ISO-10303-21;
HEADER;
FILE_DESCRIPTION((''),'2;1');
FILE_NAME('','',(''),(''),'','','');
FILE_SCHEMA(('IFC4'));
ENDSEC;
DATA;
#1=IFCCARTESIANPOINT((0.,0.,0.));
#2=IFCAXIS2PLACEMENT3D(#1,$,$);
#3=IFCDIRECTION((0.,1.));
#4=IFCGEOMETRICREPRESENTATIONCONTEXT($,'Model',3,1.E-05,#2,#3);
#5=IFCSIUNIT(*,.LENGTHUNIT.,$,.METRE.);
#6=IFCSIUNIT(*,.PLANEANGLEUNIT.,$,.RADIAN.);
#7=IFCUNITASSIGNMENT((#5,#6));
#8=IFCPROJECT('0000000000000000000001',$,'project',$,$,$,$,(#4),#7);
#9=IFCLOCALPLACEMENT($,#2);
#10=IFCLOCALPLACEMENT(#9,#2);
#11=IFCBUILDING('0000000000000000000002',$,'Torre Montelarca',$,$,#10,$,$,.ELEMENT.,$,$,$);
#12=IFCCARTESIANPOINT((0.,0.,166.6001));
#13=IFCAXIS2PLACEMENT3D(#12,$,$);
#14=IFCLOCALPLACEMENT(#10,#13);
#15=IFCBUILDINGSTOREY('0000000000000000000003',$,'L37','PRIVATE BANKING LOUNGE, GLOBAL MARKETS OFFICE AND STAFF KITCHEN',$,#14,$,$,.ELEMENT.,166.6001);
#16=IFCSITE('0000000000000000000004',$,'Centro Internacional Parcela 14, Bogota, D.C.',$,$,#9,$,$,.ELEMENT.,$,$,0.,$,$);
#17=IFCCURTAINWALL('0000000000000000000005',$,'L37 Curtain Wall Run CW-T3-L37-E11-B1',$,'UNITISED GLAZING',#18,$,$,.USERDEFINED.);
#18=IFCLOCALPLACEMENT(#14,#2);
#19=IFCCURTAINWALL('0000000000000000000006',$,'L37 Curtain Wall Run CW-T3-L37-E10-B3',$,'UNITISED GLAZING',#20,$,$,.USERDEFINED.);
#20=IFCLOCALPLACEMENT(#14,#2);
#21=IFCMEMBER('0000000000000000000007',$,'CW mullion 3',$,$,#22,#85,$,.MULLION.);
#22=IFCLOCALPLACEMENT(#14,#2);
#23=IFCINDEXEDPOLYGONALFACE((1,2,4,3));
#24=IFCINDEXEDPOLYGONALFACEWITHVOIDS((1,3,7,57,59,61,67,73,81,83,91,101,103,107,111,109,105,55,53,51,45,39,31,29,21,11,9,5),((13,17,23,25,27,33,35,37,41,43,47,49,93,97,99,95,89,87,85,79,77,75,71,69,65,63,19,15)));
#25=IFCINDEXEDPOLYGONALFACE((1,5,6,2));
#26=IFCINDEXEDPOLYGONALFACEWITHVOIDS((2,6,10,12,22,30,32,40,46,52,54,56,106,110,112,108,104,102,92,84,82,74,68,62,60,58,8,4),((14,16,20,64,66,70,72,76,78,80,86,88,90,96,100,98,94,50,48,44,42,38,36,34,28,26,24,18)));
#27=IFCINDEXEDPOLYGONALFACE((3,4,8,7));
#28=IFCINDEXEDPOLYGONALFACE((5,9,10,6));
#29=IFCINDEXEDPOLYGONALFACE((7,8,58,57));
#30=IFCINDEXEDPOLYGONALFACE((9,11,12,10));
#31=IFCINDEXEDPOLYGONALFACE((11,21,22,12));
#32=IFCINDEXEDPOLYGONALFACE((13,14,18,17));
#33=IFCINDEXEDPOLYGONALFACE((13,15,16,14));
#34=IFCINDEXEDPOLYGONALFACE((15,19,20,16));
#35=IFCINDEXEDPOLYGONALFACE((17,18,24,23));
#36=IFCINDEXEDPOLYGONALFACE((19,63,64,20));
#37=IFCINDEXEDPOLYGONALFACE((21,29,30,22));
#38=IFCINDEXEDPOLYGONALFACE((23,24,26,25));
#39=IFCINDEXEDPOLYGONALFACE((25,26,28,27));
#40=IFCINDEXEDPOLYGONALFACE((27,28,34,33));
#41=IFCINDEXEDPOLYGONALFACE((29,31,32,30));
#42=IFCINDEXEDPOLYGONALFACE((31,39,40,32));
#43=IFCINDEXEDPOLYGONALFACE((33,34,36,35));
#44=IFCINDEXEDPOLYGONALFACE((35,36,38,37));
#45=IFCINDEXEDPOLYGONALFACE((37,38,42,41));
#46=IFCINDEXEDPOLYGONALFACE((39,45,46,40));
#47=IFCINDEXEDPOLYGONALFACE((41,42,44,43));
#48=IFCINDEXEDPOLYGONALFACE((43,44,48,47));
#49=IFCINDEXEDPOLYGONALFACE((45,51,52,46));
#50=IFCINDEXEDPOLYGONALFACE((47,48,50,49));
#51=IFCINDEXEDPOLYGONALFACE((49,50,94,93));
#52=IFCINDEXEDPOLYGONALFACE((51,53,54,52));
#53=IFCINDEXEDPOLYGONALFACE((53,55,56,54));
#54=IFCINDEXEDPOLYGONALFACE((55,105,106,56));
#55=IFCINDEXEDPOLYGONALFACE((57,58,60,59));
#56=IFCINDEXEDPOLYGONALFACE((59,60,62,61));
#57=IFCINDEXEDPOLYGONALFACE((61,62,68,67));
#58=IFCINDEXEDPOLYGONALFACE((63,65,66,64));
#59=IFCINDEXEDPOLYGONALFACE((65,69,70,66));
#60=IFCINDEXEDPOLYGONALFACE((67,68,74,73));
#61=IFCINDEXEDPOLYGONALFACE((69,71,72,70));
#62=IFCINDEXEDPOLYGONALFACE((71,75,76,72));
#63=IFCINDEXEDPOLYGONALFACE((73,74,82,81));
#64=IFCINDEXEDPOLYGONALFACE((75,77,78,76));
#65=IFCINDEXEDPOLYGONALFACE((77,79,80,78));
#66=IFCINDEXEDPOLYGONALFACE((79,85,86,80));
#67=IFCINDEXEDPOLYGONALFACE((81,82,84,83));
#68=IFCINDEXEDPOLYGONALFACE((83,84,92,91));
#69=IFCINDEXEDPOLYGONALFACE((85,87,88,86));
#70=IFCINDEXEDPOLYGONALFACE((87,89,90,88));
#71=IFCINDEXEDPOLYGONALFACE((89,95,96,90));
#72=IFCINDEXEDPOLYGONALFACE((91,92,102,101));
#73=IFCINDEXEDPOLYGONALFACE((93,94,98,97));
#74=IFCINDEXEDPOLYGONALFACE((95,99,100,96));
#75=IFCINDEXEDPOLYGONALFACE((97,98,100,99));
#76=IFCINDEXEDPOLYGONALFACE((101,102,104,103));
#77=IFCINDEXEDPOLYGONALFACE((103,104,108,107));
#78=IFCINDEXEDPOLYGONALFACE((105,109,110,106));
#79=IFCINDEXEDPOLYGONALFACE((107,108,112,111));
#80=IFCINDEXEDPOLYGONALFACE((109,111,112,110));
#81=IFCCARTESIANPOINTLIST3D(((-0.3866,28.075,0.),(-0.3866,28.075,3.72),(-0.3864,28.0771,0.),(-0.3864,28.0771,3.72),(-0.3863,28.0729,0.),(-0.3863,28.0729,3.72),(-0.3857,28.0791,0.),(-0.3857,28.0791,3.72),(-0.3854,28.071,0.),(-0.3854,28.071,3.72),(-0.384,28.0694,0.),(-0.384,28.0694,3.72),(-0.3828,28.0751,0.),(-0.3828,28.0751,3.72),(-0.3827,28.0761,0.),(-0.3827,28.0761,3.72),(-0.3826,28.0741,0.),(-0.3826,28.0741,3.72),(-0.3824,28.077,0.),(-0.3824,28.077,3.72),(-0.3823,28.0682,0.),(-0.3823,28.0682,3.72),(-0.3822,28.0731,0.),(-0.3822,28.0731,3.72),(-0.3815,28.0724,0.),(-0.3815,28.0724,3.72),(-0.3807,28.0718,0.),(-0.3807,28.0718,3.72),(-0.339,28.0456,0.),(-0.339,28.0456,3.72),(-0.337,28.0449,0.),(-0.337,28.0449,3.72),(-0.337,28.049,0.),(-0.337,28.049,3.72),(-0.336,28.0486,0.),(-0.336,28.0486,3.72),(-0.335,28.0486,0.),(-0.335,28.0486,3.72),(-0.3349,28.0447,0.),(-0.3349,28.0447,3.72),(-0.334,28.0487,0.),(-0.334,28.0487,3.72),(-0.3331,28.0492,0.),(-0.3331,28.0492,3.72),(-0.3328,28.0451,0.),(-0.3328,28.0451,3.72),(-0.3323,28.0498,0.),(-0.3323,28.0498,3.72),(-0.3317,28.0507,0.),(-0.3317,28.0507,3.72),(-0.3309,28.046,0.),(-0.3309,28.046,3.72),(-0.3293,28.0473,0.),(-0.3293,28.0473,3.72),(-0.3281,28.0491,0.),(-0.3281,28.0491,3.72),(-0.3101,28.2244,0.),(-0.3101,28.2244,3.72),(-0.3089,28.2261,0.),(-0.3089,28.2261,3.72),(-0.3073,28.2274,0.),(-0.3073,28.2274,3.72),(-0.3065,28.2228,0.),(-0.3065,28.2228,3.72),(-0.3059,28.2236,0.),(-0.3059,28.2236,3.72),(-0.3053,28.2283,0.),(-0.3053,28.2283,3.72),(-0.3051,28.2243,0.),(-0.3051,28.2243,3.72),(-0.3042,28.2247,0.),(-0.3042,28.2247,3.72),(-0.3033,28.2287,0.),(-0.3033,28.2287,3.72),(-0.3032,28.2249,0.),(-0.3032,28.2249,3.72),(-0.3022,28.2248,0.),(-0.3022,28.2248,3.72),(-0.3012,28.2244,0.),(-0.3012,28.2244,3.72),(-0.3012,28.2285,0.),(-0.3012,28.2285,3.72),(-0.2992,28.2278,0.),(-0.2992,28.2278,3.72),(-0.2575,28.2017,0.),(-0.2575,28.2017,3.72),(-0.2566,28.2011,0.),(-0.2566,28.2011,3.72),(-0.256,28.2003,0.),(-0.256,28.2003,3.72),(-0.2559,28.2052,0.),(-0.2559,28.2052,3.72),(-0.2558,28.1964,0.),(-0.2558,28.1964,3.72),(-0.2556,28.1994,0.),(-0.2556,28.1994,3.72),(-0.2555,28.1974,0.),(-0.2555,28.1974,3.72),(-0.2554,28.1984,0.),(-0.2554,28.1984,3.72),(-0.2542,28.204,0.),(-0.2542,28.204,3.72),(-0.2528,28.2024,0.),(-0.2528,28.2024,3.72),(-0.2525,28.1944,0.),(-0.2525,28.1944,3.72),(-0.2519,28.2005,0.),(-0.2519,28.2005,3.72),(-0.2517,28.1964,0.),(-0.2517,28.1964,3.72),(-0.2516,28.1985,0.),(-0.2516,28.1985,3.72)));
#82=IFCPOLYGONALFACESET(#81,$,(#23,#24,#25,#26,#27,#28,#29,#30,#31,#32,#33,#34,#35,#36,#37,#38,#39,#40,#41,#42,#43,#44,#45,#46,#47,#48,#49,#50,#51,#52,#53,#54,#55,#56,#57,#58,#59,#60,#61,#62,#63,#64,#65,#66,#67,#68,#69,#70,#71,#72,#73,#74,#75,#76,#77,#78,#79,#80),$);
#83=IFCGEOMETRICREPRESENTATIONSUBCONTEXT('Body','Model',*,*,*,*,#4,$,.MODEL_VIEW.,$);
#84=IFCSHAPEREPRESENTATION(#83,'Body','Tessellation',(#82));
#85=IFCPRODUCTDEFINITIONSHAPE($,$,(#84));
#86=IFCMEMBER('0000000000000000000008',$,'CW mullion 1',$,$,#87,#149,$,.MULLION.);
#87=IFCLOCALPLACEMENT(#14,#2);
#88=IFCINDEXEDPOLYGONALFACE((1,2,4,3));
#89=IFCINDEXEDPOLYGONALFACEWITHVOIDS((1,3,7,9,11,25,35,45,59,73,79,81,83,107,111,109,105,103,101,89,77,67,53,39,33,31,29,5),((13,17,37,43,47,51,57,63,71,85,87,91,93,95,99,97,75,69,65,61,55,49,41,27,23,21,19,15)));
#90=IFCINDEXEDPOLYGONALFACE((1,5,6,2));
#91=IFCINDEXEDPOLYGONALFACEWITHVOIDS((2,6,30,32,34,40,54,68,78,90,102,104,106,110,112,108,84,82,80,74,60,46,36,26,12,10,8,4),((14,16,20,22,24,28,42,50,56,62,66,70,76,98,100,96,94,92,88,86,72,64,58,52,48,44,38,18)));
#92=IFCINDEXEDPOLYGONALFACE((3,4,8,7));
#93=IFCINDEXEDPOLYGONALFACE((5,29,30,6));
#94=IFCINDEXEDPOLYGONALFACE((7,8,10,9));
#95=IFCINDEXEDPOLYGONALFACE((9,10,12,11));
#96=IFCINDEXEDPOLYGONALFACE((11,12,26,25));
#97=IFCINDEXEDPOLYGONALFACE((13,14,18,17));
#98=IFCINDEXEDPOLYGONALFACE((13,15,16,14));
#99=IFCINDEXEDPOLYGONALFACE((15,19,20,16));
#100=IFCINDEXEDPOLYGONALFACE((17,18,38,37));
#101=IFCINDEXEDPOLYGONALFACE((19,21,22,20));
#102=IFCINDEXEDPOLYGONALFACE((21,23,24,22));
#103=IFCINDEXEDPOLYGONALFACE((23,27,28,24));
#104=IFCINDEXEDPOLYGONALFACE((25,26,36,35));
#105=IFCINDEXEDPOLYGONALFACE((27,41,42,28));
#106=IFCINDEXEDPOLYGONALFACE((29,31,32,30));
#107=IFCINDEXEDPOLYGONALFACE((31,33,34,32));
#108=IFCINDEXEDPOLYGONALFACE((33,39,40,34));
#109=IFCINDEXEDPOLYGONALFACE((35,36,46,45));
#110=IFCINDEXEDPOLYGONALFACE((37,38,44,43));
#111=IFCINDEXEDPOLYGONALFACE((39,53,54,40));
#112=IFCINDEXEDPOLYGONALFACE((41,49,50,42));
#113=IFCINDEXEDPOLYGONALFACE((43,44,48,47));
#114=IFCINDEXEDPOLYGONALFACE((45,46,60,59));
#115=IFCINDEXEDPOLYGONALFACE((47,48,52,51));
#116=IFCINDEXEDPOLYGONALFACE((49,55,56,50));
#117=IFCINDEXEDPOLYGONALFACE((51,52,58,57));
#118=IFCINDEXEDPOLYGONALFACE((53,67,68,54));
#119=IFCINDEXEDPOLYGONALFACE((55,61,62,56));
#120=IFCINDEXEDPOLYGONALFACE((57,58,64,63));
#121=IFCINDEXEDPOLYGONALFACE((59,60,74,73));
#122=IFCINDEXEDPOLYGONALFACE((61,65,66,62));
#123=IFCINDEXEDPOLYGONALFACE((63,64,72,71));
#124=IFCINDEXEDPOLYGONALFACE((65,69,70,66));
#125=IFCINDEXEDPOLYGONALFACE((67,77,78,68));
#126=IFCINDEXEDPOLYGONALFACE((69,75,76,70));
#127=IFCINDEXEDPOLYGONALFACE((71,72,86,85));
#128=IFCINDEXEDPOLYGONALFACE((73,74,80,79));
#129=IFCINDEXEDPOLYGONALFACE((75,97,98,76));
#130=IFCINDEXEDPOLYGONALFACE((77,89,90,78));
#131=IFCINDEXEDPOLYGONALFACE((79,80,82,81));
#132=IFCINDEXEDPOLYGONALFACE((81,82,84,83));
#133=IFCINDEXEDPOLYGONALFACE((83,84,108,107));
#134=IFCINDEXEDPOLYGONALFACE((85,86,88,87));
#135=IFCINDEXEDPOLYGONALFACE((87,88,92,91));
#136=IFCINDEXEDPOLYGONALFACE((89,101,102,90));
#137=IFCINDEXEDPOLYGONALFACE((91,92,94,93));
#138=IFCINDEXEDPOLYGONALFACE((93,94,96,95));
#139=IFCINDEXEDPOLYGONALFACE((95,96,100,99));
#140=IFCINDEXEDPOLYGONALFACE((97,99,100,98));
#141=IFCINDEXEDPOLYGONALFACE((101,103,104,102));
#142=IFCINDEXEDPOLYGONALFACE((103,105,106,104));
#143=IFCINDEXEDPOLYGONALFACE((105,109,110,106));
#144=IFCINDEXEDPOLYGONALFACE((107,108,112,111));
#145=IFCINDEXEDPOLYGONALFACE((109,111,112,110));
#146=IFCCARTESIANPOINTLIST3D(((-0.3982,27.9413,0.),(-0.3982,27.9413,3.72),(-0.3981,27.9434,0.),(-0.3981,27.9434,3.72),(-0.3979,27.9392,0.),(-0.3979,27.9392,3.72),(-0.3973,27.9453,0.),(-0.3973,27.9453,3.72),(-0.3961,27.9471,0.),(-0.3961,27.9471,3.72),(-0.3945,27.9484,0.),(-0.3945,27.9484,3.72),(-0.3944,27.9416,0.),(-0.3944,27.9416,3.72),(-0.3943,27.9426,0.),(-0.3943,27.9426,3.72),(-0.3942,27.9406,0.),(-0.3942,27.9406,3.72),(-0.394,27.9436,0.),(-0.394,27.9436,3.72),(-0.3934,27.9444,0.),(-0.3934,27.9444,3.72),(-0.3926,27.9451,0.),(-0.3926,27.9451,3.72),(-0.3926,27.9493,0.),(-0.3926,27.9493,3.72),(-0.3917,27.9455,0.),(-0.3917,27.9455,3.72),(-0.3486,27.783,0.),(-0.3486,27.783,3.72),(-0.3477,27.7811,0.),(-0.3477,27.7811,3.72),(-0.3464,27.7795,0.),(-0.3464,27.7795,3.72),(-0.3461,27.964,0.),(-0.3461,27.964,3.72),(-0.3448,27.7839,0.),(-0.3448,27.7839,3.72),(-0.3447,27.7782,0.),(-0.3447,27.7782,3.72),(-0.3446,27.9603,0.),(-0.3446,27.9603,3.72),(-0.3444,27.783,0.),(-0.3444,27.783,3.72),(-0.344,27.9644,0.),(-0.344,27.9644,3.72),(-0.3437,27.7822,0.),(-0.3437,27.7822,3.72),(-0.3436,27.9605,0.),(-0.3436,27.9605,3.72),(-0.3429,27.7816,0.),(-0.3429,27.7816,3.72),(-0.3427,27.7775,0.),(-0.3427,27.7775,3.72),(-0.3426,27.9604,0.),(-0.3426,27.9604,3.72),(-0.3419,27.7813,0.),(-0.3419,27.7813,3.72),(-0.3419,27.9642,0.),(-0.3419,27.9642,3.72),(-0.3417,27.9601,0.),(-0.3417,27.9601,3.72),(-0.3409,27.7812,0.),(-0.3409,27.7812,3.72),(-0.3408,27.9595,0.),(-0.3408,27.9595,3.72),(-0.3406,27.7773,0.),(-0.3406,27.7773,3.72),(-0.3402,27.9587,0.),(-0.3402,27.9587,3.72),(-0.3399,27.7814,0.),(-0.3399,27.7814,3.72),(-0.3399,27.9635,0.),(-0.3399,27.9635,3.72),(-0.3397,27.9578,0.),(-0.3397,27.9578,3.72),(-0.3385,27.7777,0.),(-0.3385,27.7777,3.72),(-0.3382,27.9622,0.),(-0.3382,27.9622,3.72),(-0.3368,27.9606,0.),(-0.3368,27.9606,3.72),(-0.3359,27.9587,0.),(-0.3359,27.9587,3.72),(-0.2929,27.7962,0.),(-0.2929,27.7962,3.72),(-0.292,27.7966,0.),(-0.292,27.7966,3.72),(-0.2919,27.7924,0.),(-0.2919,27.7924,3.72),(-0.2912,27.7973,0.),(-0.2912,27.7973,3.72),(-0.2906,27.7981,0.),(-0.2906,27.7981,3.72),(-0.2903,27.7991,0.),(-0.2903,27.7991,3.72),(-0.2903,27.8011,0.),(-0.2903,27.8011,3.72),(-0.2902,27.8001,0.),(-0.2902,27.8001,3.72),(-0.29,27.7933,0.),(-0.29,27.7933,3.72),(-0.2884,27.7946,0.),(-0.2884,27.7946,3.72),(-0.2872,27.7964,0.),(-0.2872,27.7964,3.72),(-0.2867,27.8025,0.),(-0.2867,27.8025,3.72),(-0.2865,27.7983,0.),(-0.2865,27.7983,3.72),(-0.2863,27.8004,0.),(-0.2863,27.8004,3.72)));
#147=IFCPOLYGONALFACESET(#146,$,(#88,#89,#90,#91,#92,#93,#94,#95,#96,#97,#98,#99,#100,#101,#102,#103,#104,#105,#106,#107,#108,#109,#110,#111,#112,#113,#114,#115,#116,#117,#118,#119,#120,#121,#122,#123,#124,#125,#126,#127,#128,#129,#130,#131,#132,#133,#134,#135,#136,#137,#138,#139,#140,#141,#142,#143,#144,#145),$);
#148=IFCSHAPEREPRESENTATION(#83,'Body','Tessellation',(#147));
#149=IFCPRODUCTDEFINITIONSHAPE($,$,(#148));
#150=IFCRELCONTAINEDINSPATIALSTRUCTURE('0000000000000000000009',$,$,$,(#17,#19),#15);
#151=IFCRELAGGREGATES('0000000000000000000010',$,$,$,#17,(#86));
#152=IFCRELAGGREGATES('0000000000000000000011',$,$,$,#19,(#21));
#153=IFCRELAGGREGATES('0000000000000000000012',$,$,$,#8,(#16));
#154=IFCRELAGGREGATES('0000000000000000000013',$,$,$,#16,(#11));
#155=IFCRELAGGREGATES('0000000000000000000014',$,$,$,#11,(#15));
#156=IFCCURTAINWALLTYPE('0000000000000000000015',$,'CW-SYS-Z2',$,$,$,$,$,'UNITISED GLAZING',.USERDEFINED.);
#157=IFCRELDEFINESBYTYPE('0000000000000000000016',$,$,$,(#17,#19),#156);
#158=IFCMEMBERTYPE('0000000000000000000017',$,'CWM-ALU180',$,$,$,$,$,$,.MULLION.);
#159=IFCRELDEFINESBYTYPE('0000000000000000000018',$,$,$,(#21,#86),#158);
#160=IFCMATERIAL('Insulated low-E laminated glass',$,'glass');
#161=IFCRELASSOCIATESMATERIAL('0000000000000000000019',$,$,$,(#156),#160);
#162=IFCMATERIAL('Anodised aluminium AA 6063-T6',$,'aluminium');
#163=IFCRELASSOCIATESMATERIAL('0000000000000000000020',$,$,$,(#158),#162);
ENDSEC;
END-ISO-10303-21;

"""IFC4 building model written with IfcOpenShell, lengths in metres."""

from ifc_helpers import new_model, si_unit, direction, frame, origin, origin_2d, place, context, subcontext, project, spatial, hollow_rectangle, extrude, source, transform, mapped, material, material_profile, profile_set, type_object, element, aggregate, save


model = new_model("IFC4")

# Units and contexts
model_context = context("Model", 3, precision=1e-05, world=origin(), true_north=direction((0.0, 1.0)))
body_context = subcontext(model_context, "Body", "Model", "MODEL_VIEW")
ifc_project = project(units=[si_unit("LENGTHUNIT", "METRE"), si_unit("PLANEANGLEUNIT", "RADIAN")], contexts=[model_context])

# Site, building, storey
site_placement = place(None, origin())
site = spatial("IfcSite", under=ifc_project, at=site_placement, Name="Centro Internacional Parcela 14, Bogota, D.C.", CompositionType="ELEMENT", RefElevation=0.0)
building_placement = place(site_placement, origin())
building = spatial("IfcBuilding", under=site, at=building_placement, Name="Torre Montelarca", CompositionType="ELEMENT")
storey_placement = place(building_placement, frame((0.0, 0.0, 166.6001)))
storey = spatial("IfcBuildingStorey", under=building, at=storey_placement, Name="L37", Description="PRIVATE BANKING LOUNGE, GLOBAL MARKETS OFFICE AND STAFF KITCHEN", CompositionType="ELEMENT", Elevation=166.6001)

# Curtain wall
ifc_material_1 = material(Name="Insulated low-E laminated glass", Category="glass")
curtain_wall_type = type_object("IfcCurtainWallType", Name="CW-SYS-Z2", ElementType="UNITISED GLAZING", PredefinedType="USERDEFINED", material=ifc_material_1)
curtain_wall_1_placement = place(storey_placement, origin())
curtain_wall_1 = element("IfcCurtainWall", 1, at=curtain_wall_1_placement, inside=storey, type_object=curtain_wall_type, Name="L37 Curtain Wall Run CW-T3-L37-E11-B1", ObjectType="UNITISED GLAZING", PredefinedType="USERDEFINED")
ifc_material_2 = material(Name="Anodised aluminium AA 6063-T6", Category="aluminium")

# Curtain wall, member
curtain_wall_2_placement = place(storey_placement, origin())
curtain_wall_2 = element("IfcCurtainWall", 2, at=curtain_wall_2_placement, inside=storey, type_object=curtain_wall_type, Name="L37 Curtain Wall Run CW-T3-L37-E10-B3", ObjectType="UNITISED GLAZING", PredefinedType="USERDEFINED")
ifc_material_profile_1 = material_profile(ifc_material_2, hollow_rectangle(XDim=0.0649, YDim=0.1799, WallThickness=0.0039, InnerFilletRadius=0.0039, OuterFilletRadius=0.0081, at=origin_2d()), Name="ALU65X180X4", Category="aluminium")
ifc_profile_set_1 = profile_set([ifc_material_profile_1], Name="Anodised aluminium AA 6063-T6")
member_type_1 = type_object("IfcMemberType", Name="CWM-ALU180", PredefinedType="MULLION", material=ifc_profile_set_1)
shared_shape_1 = source(origin(), body_context, "Body", "SweptSolid", [
    extrude(hollow_rectangle(XDim=0.0649, YDim=0.1799, WallThickness=0.0039, InnerFilletRadius=0.0039, OuterFilletRadius=0.0081, at=origin_2d()), origin(), (0.0, 0.0, 1.0), 3.72),
])
member_1_placement = place(storey_placement, frame((-0.3191, 28.1367, 0.0), z_axis=(0.0, 0.0, 1.0), x_axis=(0.887017, -0.461737, 0.0)))
member_1 = element("IfcMember", 3, at=member_1_placement, type_object=member_type_1, Name="CW mullion 3", PredefinedType="MULLION", context=body_context, shape_type="MappedRepresentation", body=[
    mapped(shared_shape_1, transform((0.0, 0.0, 0.0), scale=1.0)),
])

# Member
member_2_placement = place(storey_placement, frame((-0.3423, 27.8708, 0.0), z_axis=(0.0, 0.0, 1.0), x_axis=(0.953724, 0.300684, 0.0)))
member_2 = element("IfcMember", 4, at=member_2_placement, type_object=member_type_1, Name="CW mullion 1", PredefinedType="MULLION", context=body_context, shape_type="MappedRepresentation", body=[
    mapped(shared_shape_1, transform((0.0, 0.0, 0.0), scale=1.0)),
])

aggregate(curtain_wall_1, [member_2])
aggregate(curtain_wall_2, [member_1])

save(model, "model.ifc")
